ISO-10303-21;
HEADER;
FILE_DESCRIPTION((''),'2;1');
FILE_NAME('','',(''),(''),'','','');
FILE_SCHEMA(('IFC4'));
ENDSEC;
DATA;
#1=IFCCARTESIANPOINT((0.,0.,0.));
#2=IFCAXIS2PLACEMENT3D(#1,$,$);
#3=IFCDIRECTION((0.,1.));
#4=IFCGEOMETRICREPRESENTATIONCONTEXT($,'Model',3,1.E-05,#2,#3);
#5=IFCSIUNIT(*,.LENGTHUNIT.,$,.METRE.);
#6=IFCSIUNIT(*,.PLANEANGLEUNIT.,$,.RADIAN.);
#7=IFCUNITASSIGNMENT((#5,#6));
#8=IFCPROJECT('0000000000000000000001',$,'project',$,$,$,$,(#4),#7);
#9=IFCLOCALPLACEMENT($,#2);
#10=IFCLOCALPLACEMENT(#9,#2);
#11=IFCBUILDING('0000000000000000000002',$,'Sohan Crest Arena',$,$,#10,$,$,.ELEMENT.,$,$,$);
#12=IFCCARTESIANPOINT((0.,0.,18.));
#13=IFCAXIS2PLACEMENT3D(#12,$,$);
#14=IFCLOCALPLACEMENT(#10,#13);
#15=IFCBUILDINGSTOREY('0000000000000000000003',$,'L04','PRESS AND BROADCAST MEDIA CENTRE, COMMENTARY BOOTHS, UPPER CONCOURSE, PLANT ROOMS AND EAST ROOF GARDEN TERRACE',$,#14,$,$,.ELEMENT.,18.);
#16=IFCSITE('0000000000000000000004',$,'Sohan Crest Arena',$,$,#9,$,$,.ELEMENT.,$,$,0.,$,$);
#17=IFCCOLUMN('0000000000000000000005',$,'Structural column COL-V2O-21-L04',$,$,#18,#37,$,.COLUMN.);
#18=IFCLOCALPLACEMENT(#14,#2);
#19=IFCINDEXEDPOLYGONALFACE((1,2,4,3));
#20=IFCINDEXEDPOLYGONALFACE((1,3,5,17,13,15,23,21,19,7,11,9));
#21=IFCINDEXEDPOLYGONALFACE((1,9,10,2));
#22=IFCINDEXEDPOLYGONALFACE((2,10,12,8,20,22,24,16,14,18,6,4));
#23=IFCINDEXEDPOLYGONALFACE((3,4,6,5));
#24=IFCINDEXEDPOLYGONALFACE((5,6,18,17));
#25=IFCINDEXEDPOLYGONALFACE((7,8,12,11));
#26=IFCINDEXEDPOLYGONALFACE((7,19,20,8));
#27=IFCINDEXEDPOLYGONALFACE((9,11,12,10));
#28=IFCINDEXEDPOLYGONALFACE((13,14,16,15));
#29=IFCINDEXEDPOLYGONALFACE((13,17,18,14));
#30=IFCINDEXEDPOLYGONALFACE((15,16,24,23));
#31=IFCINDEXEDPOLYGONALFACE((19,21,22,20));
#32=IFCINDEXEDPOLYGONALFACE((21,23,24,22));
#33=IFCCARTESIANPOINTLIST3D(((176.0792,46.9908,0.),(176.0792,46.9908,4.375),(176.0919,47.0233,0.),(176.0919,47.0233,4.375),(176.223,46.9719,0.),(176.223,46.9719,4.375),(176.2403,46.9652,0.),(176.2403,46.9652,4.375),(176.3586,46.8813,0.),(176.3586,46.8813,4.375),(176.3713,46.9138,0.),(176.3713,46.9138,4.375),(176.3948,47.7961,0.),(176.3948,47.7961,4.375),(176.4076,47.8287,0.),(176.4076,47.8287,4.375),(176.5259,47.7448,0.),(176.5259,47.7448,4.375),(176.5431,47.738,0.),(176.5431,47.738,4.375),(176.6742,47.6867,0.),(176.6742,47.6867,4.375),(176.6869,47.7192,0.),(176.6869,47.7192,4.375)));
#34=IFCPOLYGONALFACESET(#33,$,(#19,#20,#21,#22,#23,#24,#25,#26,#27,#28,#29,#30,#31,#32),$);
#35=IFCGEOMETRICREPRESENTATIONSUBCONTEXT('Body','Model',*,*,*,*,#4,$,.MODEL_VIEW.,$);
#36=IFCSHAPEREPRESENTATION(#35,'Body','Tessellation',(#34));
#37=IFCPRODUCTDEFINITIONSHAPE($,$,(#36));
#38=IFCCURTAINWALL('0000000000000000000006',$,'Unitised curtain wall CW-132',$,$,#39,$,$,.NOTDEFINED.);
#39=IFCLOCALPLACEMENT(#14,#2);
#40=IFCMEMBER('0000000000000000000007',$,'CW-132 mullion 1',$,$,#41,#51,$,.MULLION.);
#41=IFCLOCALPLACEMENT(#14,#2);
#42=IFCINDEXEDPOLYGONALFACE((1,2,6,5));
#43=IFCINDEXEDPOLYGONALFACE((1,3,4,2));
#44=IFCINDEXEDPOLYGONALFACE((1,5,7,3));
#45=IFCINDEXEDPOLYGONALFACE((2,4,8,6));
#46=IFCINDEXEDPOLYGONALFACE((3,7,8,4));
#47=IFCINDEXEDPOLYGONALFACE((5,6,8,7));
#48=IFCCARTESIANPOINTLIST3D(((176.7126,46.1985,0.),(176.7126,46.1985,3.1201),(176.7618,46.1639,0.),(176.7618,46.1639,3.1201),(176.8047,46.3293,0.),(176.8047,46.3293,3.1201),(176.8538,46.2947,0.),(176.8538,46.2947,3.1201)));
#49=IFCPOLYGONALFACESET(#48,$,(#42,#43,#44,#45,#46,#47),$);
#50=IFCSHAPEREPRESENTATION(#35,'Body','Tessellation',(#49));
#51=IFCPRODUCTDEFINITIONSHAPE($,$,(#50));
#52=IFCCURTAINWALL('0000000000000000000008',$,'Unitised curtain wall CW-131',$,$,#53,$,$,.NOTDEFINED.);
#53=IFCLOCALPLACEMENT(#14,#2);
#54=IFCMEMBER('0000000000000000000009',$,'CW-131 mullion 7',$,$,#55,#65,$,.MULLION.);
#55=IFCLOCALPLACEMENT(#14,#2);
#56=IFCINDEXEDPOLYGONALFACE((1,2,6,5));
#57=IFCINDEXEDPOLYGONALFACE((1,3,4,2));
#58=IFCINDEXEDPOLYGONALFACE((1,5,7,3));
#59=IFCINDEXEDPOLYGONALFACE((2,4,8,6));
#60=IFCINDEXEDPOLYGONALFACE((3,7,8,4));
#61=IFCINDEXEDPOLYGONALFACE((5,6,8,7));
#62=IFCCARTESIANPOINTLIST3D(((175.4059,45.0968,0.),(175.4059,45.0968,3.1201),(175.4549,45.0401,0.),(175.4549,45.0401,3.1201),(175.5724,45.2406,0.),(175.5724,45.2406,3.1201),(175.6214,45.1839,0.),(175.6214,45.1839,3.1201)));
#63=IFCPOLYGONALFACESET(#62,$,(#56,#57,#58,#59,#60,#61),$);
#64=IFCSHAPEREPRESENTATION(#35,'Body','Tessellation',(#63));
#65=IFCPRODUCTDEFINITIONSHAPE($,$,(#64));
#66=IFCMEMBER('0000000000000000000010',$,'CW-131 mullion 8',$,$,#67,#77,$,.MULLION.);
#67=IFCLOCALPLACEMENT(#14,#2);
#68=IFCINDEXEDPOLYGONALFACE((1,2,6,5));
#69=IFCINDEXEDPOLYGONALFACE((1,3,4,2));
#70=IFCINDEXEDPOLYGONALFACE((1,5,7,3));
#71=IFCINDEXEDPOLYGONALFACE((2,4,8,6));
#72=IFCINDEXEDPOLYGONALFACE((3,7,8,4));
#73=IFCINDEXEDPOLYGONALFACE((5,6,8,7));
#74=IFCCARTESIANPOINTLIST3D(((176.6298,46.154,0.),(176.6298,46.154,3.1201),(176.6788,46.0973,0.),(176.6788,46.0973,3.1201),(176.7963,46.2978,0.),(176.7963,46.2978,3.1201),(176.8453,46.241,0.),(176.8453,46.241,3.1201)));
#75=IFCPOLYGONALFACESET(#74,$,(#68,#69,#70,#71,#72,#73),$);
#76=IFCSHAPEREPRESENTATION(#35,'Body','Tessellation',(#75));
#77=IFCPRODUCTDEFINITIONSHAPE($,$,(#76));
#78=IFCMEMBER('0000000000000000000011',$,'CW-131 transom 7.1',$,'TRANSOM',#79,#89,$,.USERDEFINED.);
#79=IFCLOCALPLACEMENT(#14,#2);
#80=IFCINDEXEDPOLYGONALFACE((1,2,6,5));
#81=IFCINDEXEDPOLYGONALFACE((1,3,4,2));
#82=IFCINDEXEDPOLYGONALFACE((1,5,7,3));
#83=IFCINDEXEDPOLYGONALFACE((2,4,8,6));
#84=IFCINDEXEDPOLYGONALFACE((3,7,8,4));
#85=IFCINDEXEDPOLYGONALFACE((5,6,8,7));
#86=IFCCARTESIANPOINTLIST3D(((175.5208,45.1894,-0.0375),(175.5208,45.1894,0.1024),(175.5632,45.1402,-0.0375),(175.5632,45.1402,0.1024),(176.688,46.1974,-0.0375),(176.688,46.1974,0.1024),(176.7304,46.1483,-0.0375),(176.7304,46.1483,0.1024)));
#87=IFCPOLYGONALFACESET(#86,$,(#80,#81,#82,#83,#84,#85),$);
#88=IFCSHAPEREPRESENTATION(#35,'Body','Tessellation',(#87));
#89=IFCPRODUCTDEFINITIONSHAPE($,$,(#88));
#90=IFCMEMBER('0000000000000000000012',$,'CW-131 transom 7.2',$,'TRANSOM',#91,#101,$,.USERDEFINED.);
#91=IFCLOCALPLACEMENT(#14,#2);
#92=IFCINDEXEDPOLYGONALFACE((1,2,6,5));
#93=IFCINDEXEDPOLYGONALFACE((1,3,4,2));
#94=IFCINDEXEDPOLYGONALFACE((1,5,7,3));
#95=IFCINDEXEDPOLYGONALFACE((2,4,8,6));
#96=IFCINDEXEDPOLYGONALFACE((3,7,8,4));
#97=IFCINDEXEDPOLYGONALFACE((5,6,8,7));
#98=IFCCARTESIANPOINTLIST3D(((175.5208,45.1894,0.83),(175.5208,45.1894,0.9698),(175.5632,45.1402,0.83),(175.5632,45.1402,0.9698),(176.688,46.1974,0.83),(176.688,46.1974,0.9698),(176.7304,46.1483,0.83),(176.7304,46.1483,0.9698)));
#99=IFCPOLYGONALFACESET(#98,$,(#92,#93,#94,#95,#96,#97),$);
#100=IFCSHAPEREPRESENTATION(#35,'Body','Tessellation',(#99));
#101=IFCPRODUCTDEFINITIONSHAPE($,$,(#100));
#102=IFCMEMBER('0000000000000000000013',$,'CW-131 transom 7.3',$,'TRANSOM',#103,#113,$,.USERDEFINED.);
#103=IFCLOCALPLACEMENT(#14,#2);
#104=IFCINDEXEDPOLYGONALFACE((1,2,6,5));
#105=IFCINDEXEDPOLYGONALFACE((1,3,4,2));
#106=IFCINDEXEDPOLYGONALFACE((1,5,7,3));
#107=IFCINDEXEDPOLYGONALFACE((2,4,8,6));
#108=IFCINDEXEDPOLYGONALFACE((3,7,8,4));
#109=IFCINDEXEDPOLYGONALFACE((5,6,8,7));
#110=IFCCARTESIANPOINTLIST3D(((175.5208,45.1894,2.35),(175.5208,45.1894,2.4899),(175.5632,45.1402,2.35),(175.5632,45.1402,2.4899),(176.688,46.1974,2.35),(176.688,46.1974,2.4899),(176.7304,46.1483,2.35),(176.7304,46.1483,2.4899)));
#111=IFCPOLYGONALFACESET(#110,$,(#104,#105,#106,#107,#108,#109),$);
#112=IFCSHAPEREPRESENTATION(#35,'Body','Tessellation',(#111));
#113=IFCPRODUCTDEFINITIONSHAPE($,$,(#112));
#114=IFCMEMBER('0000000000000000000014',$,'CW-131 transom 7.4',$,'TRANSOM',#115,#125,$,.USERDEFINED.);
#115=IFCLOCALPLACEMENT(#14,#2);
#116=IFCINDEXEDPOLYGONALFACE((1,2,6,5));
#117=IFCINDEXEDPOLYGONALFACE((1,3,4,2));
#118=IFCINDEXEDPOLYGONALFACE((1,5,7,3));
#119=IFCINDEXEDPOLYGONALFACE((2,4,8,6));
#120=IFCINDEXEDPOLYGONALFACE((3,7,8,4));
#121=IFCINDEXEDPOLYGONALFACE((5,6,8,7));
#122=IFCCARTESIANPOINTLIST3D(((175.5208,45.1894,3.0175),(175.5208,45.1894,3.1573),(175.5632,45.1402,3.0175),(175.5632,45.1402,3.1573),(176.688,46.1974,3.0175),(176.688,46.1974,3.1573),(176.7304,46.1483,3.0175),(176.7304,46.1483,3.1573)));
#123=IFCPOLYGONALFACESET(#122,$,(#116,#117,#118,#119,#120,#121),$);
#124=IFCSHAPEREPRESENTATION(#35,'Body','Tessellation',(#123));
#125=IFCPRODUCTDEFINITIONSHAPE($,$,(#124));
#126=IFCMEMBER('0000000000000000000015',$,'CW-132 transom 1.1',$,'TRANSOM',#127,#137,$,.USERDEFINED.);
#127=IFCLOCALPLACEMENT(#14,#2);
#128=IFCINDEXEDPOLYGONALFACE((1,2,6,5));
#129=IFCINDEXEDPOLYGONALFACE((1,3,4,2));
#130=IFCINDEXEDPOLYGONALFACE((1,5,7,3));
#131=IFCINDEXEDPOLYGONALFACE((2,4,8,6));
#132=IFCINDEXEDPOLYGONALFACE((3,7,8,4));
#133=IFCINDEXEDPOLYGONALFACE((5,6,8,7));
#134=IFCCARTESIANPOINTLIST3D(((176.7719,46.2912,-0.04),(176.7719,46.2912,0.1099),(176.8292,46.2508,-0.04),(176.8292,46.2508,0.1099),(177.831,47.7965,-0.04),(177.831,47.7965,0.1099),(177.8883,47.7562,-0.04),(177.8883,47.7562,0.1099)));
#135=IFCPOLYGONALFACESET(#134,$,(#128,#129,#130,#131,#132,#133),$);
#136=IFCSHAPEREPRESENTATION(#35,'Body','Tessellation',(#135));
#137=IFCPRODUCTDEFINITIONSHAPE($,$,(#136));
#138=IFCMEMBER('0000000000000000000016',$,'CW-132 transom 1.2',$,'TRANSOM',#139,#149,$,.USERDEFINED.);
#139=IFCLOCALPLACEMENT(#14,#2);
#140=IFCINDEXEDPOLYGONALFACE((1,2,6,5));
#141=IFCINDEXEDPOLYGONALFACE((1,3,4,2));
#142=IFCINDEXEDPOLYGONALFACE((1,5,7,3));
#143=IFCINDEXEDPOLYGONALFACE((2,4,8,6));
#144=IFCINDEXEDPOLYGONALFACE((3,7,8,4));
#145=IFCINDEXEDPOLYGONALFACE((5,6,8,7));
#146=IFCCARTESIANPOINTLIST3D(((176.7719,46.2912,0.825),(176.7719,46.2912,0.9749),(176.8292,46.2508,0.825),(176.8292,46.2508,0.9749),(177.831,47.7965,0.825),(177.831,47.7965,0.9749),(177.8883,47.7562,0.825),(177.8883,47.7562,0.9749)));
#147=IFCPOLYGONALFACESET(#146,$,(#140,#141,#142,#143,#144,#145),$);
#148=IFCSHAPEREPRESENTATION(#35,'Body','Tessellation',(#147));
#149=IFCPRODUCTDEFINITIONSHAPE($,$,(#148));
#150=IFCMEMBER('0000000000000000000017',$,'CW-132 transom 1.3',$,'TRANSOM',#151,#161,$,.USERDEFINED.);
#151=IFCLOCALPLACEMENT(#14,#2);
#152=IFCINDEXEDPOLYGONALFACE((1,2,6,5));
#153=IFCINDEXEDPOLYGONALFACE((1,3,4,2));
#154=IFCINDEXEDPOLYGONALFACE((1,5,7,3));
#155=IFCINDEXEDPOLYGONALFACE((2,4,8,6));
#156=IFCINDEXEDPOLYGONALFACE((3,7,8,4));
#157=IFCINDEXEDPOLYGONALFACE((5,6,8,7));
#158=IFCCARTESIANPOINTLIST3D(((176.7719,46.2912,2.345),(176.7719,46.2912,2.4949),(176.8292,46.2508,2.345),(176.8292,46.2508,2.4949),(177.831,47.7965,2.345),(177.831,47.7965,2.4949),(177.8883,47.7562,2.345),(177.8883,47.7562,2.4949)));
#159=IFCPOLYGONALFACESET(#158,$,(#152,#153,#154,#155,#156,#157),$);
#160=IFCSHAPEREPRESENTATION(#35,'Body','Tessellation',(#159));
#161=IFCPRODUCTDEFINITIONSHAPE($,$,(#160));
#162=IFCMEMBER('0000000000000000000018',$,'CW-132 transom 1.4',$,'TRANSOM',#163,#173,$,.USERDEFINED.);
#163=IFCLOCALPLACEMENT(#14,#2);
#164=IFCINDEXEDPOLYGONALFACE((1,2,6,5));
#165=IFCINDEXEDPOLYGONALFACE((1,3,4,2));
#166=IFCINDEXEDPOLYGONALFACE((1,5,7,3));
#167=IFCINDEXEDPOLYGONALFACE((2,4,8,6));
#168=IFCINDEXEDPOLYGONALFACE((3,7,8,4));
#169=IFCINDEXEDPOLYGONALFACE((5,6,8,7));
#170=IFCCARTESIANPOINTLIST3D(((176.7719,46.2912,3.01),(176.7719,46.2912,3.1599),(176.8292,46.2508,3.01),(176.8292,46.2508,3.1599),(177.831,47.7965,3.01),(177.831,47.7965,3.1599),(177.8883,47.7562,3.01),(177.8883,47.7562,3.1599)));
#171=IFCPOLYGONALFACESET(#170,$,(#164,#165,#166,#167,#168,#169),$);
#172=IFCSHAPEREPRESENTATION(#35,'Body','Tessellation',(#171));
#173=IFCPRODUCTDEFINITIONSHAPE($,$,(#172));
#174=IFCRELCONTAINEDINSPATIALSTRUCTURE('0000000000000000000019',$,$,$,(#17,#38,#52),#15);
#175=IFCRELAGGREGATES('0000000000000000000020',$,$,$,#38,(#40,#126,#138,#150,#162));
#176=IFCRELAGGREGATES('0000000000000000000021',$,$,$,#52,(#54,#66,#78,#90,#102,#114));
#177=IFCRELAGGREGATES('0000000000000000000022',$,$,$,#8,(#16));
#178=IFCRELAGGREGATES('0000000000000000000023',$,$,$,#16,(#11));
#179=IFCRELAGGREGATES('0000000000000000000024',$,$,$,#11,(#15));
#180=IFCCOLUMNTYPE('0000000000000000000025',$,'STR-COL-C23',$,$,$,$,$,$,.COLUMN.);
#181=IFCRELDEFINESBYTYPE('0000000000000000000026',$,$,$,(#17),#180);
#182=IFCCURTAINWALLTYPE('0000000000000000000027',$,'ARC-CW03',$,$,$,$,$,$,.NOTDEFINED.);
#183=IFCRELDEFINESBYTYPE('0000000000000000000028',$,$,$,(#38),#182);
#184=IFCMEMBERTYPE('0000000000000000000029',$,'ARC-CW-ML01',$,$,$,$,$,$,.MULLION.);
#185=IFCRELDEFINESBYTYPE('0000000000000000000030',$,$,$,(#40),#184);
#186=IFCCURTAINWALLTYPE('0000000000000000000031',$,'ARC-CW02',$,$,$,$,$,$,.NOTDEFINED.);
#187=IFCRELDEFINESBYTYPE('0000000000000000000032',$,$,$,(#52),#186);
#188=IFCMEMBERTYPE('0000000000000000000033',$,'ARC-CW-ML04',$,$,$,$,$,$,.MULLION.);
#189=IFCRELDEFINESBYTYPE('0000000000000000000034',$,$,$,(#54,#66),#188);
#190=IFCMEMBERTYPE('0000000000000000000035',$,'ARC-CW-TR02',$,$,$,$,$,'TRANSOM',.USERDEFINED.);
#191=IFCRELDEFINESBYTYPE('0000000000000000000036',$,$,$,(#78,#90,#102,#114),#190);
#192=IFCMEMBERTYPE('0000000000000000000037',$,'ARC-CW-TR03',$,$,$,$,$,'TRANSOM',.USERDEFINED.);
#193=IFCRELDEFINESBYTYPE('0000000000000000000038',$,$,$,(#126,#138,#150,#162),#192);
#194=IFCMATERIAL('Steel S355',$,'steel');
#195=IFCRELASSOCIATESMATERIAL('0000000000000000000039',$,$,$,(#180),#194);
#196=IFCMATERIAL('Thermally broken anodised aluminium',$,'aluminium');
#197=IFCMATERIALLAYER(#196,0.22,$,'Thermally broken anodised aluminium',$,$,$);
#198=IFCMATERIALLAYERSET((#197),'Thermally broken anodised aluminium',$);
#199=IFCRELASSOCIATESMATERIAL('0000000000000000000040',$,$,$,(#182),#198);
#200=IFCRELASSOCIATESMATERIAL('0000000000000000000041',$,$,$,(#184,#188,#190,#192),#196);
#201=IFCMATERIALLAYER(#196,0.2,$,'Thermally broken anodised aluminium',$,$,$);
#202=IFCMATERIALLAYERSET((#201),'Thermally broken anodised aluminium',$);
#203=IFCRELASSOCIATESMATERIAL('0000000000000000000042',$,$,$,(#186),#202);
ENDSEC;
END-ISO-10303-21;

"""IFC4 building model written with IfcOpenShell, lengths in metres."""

from ifc_helpers import new_model, si_unit, direction, frame, origin, origin_2d, place, context, subcontext, project, spatial, rectangle, i_section, extrude, material, layer, layer_set, material_profile, profile_set, type_object, element, aggregate, save


model = new_model("IFC4")

# Units and contexts
model_context = context("Model", 3, precision=1e-05, world=origin(), true_north=direction((0.0, 1.0)))
body_context = subcontext(model_context, "Body", "Model", "MODEL_VIEW")
ifc_project = project(units=[si_unit("LENGTHUNIT", "METRE"), si_unit("PLANEANGLEUNIT", "RADIAN")], contexts=[model_context])

# Site, building, storey
site_placement = place(None, origin())
site = spatial("IfcSite", under=ifc_project, at=site_placement, Name="Sohan Crest Arena", CompositionType="ELEMENT", RefElevation=0.0)
building_placement = place(site_placement, origin())
building = spatial("IfcBuilding", under=site, at=building_placement, Name="Sohan Crest Arena", CompositionType="ELEMENT")
storey_placement = place(building_placement, frame((0.0, 0.0, 18.0)))
storey = spatial("IfcBuildingStorey", under=building, at=storey_placement, Name="L04", Description="PRESS AND BROADCAST MEDIA CENTRE, COMMENTARY BOOTHS, UPPER CONCOURSE, PLANT ROOMS AND EAST ROOF GARDEN TERRACE", CompositionType="ELEMENT", Elevation=18.0)

# Column
ifc_material_1 = material(Name="Steel S355", Category="steel")
ifc_material_profile_1 = material_profile(ifc_material_1, i_section(OverallWidth=0.3, OverallDepth=0.8999, WebThickness=0.0186, FlangeThickness=0.0349, at=origin_2d()), Name="HEB 900")
ifc_profile_set_1 = profile_set([ifc_material_profile_1], Name="Steel S355")
column_type = type_object("IfcColumnType", Name="STR-COL-C23", PredefinedType="COLUMN", material=ifc_profile_set_1)
column_placement = place(storey_placement, frame((176.3831, 47.355, 0.0), z_axis=(0.0, 0.0, 1.0), x_axis=(-0.931056, 0.364877, 0.0)))
element("IfcColumn", 1, at=column_placement, inside=storey, type_object=column_type, Name="Structural column COL-V2O-21-L04", PredefinedType="COLUMN", context=body_context, shape_type="SweptSolid", body=[
    extrude(i_section(OverallWidth=0.3, OverallDepth=0.8999, WebThickness=0.0186, FlangeThickness=0.0349, at=origin_2d()), origin(), (0.0, 0.0, 1.0), 4.375),
])

# Curtain wall, member
ifc_material_2 = material(Name="Thermally broken anodised aluminium", Category="aluminium")
ifc_layer_1 = layer(ifc_material_2, 0.22, Name="Thermally broken anodised aluminium")
ifc_layer_set_1 = layer_set([ifc_layer_1], Name="Thermally broken anodised aluminium")
curtain_wall_type_1 = type_object("IfcCurtainWallType", Name="ARC-CW03", PredefinedType="NOTDEFINED", material=ifc_layer_set_1)
curtain_wall_1_placement = place(storey_placement, origin())
curtain_wall_1 = element("IfcCurtainWall", 2, at=curtain_wall_1_placement, inside=storey, type_object=curtain_wall_type_1, Name="Unitised curtain wall CW-132", PredefinedType="NOTDEFINED")
ifc_material_profile_2 = material_profile(ifc_material_2, rectangle(XDim=0.0601, YDim=0.1599, at=origin_2d()), Name="ALU-MULL 60x160")
ifc_profile_set_2 = profile_set([ifc_material_profile_2], Name="Thermally broken anodised aluminium")
member_type_1 = type_object("IfcMemberType", Name="ARC-CW-ML01", PredefinedType="MULLION", material=ifc_profile_set_2)
member_1_placement = place(storey_placement, frame((176.7832, 46.2466, 0.0), z_axis=(0.0, 0.0, 1.0), x_axis=(-0.817855, 0.575425, 0.0)))
member_1 = element("IfcMember", 3, at=member_1_placement, type_object=member_type_1, Name="CW-132 mullion 1", PredefinedType="MULLION", context=body_context, shape_type="SweptSolid", body=[
    extrude(rectangle(XDim=0.0601, YDim=0.1599, at=origin_2d()), origin(), (0.0, 0.0, 1.0), 3.1201),
])

# Curtain wall, members
ifc_layer_2 = layer(ifc_material_2, 0.2, Name="Thermally broken anodised aluminium")
ifc_layer_set_2 = layer_set([ifc_layer_2], Name="Thermally broken anodised aluminium")
curtain_wall_type_2 = type_object("IfcCurtainWallType", Name="ARC-CW02", PredefinedType="NOTDEFINED", material=ifc_layer_set_2)
curtain_wall_2_placement = place(storey_placement, origin())
curtain_wall_2 = element("IfcCurtainWall", 4, at=curtain_wall_2_placement, inside=storey, type_object=curtain_wall_type_2, Name="Unitised curtain wall CW-131", PredefinedType="NOTDEFINED")
ifc_material_profile_3 = material_profile(ifc_material_2, rectangle(XDim=0.075, YDim=0.22, at=origin_2d()), Name="ALU-MULL 75x220")
ifc_profile_set_3 = profile_set([ifc_material_profile_3], Name="Thermally broken anodised aluminium")
member_type_2 = type_object("IfcMemberType", Name="ARC-CW-ML04", PredefinedType="MULLION", material=ifc_profile_set_3)
member_2_placement = place(storey_placement, frame((175.5137, 45.1404, 0.0), z_axis=(0.0, 0.0, 1.0), x_axis=(-0.653687, 0.756765, 0.0)))
member_2 = element("IfcMember", 5, at=member_2_placement, type_object=member_type_2, Name="CW-131 mullion 7", PredefinedType="MULLION", context=body_context, shape_type="SweptSolid", body=[
    extrude(rectangle(XDim=0.075, YDim=0.22, at=origin_2d()), origin(), (0.0, 0.0, 1.0), 3.1201),
])
member_3_placement = place(storey_placement, frame((176.7375, 46.1975, 0.0), z_axis=(0.0, 0.0, 1.0), x_axis=(-0.653687, 0.756765, 0.0)))
member_3 = element("IfcMember", 6, at=member_3_placement, type_object=member_type_2, Name="CW-131 mullion 8", PredefinedType="MULLION", context=body_context, shape_type="SweptSolid", body=[
    extrude(rectangle(XDim=0.075, YDim=0.22, at=origin_2d()), origin(), (0.0, 0.0, 1.0), 3.1201),
])
ifc_material_profile_4 = material_profile(ifc_material_2, rectangle(XDim=0.0649, YDim=0.1399, at=origin_2d()), Name="ALU-TRAN 65x140")
ifc_profile_set_4 = profile_set([ifc_material_profile_4], Name="Thermally broken anodised aluminium")
member_type_3 = type_object("IfcMemberType", Name="ARC-CW-TR02", ElementType="TRANSOM", PredefinedType="USERDEFINED", material=ifc_profile_set_4)
member_4_placement = place(storey_placement, frame((175.542, 45.1648, 0.0325), z_axis=(0.756827, 0.653616, 0.0), x_axis=(-0.653616, 0.756827, 0.0)))
member_4 = element("IfcMember", 7, at=member_4_placement, type_object=member_type_3, Name="CW-131 transom 7.1", ObjectType="TRANSOM", PredefinedType="USERDEFINED", context=body_context, shape_type="SweptSolid", body=[
    extrude(rectangle(XDim=0.0649, YDim=0.1399, at=origin_2d()), origin(), (0.0, 0.0, 1.0), 1.5422),
])
member_5_placement = place(storey_placement, frame((175.542, 45.1648, 0.8999), z_axis=(0.756827, 0.653616, 0.0), x_axis=(-0.653616, 0.756827, 0.0)))
member_5 = element("IfcMember", 8, at=member_5_placement, type_object=member_type_3, Name="CW-131 transom 7.2", ObjectType="TRANSOM", PredefinedType="USERDEFINED", context=body_context, shape_type="SweptSolid", body=[
    extrude(rectangle(XDim=0.0649, YDim=0.1399, at=origin_2d()), origin(), (0.0, 0.0, 1.0), 1.5422),
])
member_6_placement = place(storey_placement, frame((175.542, 45.1648, 2.4199), z_axis=(0.756827, 0.653616, 0.0), x_axis=(-0.653616, 0.756827, 0.0)))
member_6 = element("IfcMember", 9, at=member_6_placement, type_object=member_type_3, Name="CW-131 transom 7.3", ObjectType="TRANSOM", PredefinedType="USERDEFINED", context=body_context, shape_type="SweptSolid", body=[
    extrude(rectangle(XDim=0.0649, YDim=0.1399, at=origin_2d()), origin(), (0.0, 0.0, 1.0), 1.5422),
])
member_7_placement = place(storey_placement, frame((175.542, 45.1648, 3.0874), z_axis=(0.756827, 0.653616, 0.0), x_axis=(-0.653616, 0.756827, 0.0)))
member_7 = element("IfcMember", 10, at=member_7_placement, type_object=member_type_3, Name="CW-131 transom 7.4", ObjectType="TRANSOM", PredefinedType="USERDEFINED", context=body_context, shape_type="SweptSolid", body=[
    extrude(rectangle(XDim=0.0649, YDim=0.1399, at=origin_2d()), origin(), (0.0, 0.0, 1.0), 1.5422),
])

# Members
ifc_material_profile_5 = material_profile(ifc_material_2, rectangle(XDim=0.0701, YDim=0.1499, at=origin_2d()), Name="ALU-TRAN 70x150")
ifc_profile_set_5 = profile_set([ifc_material_profile_5], Name="Thermally broken anodised aluminium")
member_type_4 = type_object("IfcMemberType", Name="ARC-CW-TR03", ElementType="TRANSOM", PredefinedType="USERDEFINED", material=ifc_profile_set_5)
member_8_placement = place(storey_placement, frame((176.8005, 46.271, 0.0349), z_axis=(0.575401, 0.817871, 0.0), x_axis=(-0.817871, 0.575401, 0.0)))
member_8 = element("IfcMember", 11, at=member_8_placement, type_object=member_type_4, Name="CW-132 transom 1.1", ObjectType="TRANSOM", PredefinedType="USERDEFINED", context=body_context, shape_type="SweptSolid", body=[
    extrude(rectangle(XDim=0.0701, YDim=0.1499, at=origin_2d()), origin(), (0.0, 0.0, 1.0), 1.8406),
])
member_9_placement = place(storey_placement, frame((176.8005, 46.271, 0.8999), z_axis=(0.575401, 0.817871, 0.0), x_axis=(-0.817871, 0.575401, 0.0)))
member_9 = element("IfcMember", 12, at=member_9_placement, type_object=member_type_4, Name="CW-132 transom 1.2", ObjectType="TRANSOM", PredefinedType="USERDEFINED", context=body_context, shape_type="SweptSolid", body=[
    extrude(rectangle(XDim=0.0701, YDim=0.1499, at=origin_2d()), origin(), (0.0, 0.0, 1.0), 1.8406),
])
member_10_placement = place(storey_placement, frame((176.8005, 46.271, 2.4199), z_axis=(0.575401, 0.817871, 0.0), x_axis=(-0.817871, 0.575401, 0.0)))
member_10 = element("IfcMember", 13, at=member_10_placement, type_object=member_type_4, Name="CW-132 transom 1.3", ObjectType="TRANSOM", PredefinedType="USERDEFINED", context=body_context, shape_type="SweptSolid", body=[
    extrude(rectangle(XDim=0.0701, YDim=0.1499, at=origin_2d()), origin(), (0.0, 0.0, 1.0), 1.8406),
])
member_11_placement = place(storey_placement, frame((176.8005, 46.271, 3.085), z_axis=(0.575401, 0.817871, 0.0), x_axis=(-0.817871, 0.575401, 0.0)))
member_11 = element("IfcMember", 14, at=member_11_placement, type_object=member_type_4, Name="CW-132 transom 1.4", ObjectType="TRANSOM", PredefinedType="USERDEFINED", context=body_context, shape_type="SweptSolid", body=[
    extrude(rectangle(XDim=0.0701, YDim=0.1499, at=origin_2d()), origin(), (0.0, 0.0, 1.0), 1.8406),
])

aggregate(curtain_wall_1, [member_1, member_8, member_9, member_10, member_11])
aggregate(curtain_wall_2, [member_2, member_3, member_4, member_5, member_6, member_7])

save(model, "model.ifc")
